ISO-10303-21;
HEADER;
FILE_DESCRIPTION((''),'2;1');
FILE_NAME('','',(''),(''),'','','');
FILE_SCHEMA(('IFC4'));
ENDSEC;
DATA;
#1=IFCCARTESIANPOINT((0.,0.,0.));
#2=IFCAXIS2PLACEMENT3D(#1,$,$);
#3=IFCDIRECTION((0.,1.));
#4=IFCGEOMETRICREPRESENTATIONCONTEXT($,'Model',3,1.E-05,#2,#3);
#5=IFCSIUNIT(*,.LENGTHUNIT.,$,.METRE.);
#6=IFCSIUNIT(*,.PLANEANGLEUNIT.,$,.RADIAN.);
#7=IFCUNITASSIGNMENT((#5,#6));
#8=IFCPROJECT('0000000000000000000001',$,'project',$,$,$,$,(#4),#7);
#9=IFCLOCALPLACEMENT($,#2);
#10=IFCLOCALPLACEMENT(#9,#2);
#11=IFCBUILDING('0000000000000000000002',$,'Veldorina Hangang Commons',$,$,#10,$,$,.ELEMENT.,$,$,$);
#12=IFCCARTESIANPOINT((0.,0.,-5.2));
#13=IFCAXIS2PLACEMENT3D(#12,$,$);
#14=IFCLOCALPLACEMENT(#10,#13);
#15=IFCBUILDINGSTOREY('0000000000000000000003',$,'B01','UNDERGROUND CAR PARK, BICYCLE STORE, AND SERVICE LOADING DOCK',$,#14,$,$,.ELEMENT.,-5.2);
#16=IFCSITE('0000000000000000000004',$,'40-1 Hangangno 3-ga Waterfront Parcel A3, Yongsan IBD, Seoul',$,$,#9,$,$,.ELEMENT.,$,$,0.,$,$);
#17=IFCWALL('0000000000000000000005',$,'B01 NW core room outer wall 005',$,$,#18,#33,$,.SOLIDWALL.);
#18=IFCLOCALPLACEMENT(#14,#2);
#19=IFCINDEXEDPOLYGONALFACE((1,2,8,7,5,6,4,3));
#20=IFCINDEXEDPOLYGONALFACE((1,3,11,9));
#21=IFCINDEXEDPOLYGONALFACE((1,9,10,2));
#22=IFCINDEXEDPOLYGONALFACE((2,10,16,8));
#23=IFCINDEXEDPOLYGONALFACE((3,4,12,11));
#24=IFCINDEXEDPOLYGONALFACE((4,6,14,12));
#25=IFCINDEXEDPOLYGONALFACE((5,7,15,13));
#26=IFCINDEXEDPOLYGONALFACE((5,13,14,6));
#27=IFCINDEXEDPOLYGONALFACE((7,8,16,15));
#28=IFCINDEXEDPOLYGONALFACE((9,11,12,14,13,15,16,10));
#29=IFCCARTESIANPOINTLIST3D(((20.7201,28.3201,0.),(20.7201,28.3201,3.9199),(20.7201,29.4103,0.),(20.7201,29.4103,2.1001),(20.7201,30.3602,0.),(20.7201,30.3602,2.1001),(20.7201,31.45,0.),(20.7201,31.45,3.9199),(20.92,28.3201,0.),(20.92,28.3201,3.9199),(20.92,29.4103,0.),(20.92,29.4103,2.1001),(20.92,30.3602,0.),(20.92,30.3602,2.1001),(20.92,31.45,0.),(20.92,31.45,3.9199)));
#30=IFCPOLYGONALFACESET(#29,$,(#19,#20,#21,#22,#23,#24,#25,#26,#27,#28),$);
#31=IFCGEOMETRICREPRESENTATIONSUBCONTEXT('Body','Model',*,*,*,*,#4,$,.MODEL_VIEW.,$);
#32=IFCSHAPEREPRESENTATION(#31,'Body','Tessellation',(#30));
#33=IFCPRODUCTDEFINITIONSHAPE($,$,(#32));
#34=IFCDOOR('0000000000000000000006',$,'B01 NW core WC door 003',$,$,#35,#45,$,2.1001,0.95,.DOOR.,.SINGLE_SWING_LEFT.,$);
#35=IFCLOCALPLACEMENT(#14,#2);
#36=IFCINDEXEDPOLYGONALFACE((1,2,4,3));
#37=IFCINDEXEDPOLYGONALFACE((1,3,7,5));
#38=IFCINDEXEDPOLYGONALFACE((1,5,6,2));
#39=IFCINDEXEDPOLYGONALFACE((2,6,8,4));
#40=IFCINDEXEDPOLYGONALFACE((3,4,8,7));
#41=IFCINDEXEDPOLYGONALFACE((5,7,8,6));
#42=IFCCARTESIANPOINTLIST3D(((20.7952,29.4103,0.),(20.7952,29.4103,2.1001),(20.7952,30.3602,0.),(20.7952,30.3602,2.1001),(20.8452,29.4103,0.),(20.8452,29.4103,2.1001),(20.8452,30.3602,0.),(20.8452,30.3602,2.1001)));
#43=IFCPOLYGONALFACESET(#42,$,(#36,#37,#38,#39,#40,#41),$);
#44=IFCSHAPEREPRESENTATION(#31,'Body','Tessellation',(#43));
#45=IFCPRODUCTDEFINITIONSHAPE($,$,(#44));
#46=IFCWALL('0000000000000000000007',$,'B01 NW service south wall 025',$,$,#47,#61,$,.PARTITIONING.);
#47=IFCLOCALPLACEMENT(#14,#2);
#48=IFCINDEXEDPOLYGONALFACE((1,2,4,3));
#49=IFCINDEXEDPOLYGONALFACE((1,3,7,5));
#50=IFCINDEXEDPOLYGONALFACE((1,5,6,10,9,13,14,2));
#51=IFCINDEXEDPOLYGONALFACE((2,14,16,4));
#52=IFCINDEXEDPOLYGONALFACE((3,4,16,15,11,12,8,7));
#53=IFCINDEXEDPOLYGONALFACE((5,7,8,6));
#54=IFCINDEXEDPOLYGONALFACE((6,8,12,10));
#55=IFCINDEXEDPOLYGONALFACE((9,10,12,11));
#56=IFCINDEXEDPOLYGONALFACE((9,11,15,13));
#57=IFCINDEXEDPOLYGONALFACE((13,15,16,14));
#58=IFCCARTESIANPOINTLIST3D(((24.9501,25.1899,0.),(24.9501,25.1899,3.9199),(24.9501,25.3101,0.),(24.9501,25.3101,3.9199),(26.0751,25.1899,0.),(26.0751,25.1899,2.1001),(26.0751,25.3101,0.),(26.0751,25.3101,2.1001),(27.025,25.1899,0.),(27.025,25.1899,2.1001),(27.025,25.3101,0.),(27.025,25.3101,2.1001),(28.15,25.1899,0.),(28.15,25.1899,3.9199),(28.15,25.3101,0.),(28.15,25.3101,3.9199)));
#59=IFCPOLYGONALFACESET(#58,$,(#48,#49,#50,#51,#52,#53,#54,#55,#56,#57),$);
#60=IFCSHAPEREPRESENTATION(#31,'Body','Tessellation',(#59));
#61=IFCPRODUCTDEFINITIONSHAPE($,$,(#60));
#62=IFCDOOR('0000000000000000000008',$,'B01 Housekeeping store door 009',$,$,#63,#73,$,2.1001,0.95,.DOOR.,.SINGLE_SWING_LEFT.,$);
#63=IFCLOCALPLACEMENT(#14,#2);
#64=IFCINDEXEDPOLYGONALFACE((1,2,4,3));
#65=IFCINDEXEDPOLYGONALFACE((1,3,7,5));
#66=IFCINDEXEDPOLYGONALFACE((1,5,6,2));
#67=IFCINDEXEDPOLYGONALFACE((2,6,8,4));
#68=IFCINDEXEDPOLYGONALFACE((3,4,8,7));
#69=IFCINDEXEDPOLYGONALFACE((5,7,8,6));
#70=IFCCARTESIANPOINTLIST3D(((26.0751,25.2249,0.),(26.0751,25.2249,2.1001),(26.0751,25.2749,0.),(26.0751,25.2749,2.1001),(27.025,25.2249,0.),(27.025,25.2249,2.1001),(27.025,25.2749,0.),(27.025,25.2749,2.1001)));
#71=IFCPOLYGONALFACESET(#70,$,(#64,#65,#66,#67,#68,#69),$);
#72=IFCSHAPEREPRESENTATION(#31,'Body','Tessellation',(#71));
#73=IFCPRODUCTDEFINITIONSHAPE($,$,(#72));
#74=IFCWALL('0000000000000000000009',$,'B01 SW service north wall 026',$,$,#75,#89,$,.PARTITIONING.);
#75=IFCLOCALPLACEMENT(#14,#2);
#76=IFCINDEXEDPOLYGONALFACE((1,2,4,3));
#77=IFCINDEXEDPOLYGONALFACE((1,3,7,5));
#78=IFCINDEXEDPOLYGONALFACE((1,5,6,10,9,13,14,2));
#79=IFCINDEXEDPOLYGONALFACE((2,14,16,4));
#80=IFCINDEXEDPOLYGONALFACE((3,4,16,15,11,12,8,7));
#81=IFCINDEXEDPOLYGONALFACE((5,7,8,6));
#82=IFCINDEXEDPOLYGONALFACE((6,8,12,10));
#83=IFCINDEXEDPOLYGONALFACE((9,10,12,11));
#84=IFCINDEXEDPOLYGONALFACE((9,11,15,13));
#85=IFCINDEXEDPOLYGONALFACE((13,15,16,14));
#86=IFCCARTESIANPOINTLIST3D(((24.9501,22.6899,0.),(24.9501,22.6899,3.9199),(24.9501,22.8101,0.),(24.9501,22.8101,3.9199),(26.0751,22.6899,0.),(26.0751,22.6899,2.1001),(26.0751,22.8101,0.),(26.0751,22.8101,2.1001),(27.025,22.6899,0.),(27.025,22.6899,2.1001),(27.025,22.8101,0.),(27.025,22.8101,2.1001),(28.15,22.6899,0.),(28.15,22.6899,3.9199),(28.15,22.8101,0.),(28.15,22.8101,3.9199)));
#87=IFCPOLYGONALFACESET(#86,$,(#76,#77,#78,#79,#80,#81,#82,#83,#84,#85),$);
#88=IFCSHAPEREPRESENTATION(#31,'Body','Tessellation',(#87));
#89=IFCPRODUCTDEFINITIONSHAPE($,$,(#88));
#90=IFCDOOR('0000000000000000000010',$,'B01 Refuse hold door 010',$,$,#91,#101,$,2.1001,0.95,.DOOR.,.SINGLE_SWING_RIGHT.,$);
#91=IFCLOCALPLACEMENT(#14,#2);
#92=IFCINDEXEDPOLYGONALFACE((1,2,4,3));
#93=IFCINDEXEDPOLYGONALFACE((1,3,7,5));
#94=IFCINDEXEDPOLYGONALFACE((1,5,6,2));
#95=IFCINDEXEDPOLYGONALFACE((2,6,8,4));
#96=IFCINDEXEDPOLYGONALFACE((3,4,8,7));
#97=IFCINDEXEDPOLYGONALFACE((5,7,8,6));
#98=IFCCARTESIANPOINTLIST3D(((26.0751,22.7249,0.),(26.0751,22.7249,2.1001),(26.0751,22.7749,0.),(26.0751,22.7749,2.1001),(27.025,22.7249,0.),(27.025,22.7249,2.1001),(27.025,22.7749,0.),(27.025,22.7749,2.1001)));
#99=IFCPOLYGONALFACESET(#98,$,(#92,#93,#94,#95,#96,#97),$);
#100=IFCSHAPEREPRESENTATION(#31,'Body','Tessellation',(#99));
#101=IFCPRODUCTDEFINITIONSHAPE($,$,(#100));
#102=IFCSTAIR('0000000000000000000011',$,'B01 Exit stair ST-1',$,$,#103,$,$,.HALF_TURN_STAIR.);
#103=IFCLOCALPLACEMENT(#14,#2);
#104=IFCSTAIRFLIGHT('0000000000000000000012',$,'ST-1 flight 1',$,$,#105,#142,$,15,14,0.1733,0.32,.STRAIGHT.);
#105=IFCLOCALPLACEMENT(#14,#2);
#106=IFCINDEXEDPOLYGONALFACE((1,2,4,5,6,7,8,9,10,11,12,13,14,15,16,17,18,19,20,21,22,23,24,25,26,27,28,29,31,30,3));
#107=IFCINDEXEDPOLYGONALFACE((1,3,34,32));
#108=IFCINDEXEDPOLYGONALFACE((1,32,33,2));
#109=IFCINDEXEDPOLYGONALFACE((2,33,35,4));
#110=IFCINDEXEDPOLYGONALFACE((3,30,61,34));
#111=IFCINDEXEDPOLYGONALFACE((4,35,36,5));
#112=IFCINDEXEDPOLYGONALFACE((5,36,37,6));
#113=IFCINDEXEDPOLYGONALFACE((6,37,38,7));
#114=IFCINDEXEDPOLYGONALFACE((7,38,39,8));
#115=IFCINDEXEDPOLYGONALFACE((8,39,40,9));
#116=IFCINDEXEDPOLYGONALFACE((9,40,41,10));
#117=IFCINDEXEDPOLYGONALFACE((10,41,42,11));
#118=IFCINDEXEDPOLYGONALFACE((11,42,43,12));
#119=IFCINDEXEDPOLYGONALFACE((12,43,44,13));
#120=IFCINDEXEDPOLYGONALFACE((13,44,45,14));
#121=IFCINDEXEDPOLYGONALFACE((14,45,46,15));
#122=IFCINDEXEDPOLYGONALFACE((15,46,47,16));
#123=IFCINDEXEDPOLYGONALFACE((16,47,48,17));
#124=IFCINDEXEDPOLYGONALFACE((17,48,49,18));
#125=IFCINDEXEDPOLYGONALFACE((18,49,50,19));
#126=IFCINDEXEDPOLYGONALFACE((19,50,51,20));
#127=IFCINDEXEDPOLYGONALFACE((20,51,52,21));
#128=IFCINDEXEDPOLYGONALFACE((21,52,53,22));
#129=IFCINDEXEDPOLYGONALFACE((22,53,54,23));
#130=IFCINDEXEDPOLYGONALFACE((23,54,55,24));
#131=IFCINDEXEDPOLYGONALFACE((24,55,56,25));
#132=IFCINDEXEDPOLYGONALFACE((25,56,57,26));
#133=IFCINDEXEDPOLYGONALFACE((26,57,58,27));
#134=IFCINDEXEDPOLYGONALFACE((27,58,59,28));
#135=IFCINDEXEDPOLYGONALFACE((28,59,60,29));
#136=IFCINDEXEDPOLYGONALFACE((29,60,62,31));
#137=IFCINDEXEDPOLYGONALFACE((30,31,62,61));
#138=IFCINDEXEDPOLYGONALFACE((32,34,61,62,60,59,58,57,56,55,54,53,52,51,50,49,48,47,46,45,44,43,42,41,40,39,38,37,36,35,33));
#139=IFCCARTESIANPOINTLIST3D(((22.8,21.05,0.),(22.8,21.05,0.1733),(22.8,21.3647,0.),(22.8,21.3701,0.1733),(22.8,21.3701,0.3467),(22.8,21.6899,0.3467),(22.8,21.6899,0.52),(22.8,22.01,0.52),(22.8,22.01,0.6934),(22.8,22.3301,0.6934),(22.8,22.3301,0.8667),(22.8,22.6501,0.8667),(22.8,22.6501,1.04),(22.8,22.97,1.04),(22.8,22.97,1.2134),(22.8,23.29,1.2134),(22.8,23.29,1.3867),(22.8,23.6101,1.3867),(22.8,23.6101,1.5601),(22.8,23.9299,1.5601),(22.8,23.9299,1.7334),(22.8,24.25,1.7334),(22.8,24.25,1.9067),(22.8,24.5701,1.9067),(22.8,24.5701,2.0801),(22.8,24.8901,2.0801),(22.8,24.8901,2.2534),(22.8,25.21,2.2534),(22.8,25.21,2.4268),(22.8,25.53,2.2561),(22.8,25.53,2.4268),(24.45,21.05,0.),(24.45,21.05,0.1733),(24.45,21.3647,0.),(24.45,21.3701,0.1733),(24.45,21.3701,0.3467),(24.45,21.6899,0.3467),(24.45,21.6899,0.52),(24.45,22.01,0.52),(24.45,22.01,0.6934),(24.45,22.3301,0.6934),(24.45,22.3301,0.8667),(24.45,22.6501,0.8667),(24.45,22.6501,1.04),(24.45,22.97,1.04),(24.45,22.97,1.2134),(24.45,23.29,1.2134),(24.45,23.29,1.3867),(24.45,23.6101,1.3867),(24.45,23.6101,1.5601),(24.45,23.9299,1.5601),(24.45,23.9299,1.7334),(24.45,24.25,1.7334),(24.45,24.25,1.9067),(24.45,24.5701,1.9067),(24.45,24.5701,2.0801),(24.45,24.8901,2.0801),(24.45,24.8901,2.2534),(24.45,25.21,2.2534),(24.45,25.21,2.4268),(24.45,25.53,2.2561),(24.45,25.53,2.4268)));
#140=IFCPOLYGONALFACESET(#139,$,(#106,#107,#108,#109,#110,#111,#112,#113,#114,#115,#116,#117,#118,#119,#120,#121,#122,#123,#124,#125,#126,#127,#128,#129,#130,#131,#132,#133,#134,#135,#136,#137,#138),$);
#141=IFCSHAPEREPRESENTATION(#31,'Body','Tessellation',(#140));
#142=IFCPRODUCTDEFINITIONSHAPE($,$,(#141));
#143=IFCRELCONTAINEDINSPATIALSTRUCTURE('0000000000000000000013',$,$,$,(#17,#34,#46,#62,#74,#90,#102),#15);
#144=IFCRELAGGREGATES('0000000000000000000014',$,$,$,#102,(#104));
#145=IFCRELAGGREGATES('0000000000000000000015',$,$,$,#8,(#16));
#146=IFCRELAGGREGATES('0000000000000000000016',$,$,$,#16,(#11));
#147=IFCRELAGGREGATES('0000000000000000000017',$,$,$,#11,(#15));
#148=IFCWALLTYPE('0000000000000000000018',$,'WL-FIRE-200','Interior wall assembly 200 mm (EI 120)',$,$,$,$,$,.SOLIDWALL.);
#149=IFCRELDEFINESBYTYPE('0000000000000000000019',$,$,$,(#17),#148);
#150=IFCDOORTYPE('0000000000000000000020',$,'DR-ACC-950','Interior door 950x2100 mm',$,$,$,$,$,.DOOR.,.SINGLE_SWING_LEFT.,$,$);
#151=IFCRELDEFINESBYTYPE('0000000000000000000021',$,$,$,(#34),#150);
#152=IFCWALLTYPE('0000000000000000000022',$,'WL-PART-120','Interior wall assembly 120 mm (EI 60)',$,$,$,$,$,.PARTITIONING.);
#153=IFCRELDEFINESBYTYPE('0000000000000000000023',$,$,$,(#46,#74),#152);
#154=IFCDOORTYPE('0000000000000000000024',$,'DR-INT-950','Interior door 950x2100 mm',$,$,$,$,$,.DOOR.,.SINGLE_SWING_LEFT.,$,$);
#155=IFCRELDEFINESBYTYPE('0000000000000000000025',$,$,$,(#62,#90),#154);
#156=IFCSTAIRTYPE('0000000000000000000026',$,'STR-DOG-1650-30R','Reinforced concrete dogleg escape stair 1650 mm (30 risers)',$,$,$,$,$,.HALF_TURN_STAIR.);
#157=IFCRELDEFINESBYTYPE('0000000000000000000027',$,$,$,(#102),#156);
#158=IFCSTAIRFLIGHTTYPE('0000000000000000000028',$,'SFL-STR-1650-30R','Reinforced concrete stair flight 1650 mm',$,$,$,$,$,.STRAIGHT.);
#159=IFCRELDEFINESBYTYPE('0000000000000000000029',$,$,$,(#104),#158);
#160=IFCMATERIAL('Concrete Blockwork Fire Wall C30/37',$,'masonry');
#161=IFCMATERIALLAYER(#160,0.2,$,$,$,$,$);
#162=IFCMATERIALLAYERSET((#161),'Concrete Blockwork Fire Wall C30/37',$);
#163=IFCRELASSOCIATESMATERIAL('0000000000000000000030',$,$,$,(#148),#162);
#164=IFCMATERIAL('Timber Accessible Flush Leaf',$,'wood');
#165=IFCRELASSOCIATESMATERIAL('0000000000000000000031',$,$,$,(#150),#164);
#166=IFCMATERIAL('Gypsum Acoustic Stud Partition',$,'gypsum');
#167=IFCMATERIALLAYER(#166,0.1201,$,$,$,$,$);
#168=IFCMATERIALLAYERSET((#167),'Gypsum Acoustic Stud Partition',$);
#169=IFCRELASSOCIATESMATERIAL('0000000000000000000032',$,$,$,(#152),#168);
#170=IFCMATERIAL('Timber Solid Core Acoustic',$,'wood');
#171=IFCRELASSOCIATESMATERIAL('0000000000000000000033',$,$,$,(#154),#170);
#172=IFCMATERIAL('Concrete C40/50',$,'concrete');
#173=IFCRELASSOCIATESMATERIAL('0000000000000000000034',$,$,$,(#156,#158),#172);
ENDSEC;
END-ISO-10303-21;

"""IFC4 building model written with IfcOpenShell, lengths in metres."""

from ifc_helpers import new_model, si_unit, direction, frame, frame_2d, origin, place, context, subcontext, project, spatial, polyline, rectangle, outline, extrude, material, layer, layer_set, type_object, element, fill, aggregate, save


model = new_model("IFC4")

# Units and contexts
model_context = context("Model", 3, precision=1e-05, world=origin(), true_north=direction((0.0, 1.0)))
body_context = subcontext(model_context, "Body", "Model", "MODEL_VIEW")
ifc_project = project(units=[si_unit("LENGTHUNIT", "METRE"), si_unit("PLANEANGLEUNIT", "RADIAN")], contexts=[model_context])

# Site, building, storey
site_placement = place(None, origin())
site = spatial("IfcSite", under=ifc_project, at=site_placement, Name="40-1 Hangangno 3-ga Waterfront Parcel A3, Yongsan IBD, Seoul", CompositionType="ELEMENT", RefElevation=0.0)
building_placement = place(site_placement, origin())
building = spatial("IfcBuilding", under=site, at=building_placement, Name="Veldorina Hangang Commons", CompositionType="ELEMENT")
storey_placement = place(building_placement, frame((0.0, 0.0, -5.2)))
storey = spatial("IfcBuildingStorey", under=building, at=storey_placement, Name="B01", Description="UNDERGROUND CAR PARK, BICYCLE STORE, AND SERVICE LOADING DOCK", CompositionType="ELEMENT", Elevation=-5.2)

# Walls, openings, doors
ifc_material_1 = material(Name="Concrete Blockwork Fire Wall C30/37", Category="masonry")
ifc_layer_1 = layer(ifc_material_1, 0.2)
ifc_layer_set_1 = layer_set([ifc_layer_1], Name="Concrete Blockwork Fire Wall C30/37")
wall_type_1 = type_object("IfcWallType", Name="WL-FIRE-200", Description="Interior wall assembly 200 mm (EI 120)", PredefinedType="SOLIDWALL", material=ifc_layer_set_1)
wall_1_placement = place(storey_placement, frame((20.8201, 28.3201, 0.0), z_axis=(0.0, 0.0, 1.0), x_axis=(0.0, 1.0, 0.0)))
wall_1 = element("IfcWall", 1, at=wall_1_placement, inside=storey, type_object=wall_type_1, Name="B01 NW core room outer wall 005", PredefinedType="SOLIDWALL", context=body_context, shape_type="SweptSolid", body=[
    extrude(rectangle(XDim=3.1299, YDim=0.2, at=frame_2d((1.5649, 0.0))), origin(), (0.0, 0.0, 1.0), 3.9199),
])
opening_1_placement = place(wall_1_placement, frame((1.0901, 0.0, 0.0)))
opening_1 = element("IfcOpeningElement", 2, at=opening_1_placement, cuts=wall_1, PredefinedType="OPENING", context=body_context, shape_type="SweptSolid", body=[
    extrude(rectangle(XDim=0.95, YDim=2.1001, at=frame_2d((0.4751, 1.05))), frame((0.0, 0.1099, 0.0), z_axis=(0.0, -1.0, 0.0), x_axis=(1.0, 0.0, 0.0)), (0.0, 0.0, 1.0), 0.22),
])
ifc_material_2 = material(Name="Timber Accessible Flush Leaf", Category="wood")
door_type_1 = type_object("IfcDoorType", Name="DR-ACC-950", Description="Interior door 950x2100 mm", OperationType="SINGLE_SWING_LEFT", PredefinedType="DOOR", material=ifc_material_2)
door_1_placement = place(opening_1_placement, origin())
door_1 = element("IfcDoor", 3, at=door_1_placement, inside=storey, type_object=door_type_1, Name="B01 NW core WC door 003", OperationType="SINGLE_SWING_LEFT", OverallHeight=2.1001, OverallWidth=0.95, PredefinedType="DOOR", context=body_context, shape_type="SweptSolid", body=[
    extrude(rectangle(XDim=0.95, YDim=2.1001, at=frame_2d((0.4751, 1.05))), frame((0.0, 0.0249, 0.0), z_axis=(0.0, -1.0, 0.0), x_axis=(1.0, 0.0, 0.0)), (0.0, 0.0, 1.0), 0.05),
])
fill(opening_1, door_1)
ifc_material_3 = material(Name="Gypsum Acoustic Stud Partition", Category="gypsum")
ifc_layer_2 = layer(ifc_material_3, 0.1201)
ifc_layer_set_2 = layer_set([ifc_layer_2], Name="Gypsum Acoustic Stud Partition")
wall_type_2 = type_object("IfcWallType", Name="WL-PART-120", Description="Interior wall assembly 120 mm (EI 60)", PredefinedType="PARTITIONING", material=ifc_layer_set_2)
wall_2_placement = place(storey_placement, frame((24.95, 25.25, 0.0), z_axis=(0.0, 0.0, 1.0), x_axis=(1.0, 0.0, 0.0)))
wall_2 = element("IfcWall", 4, at=wall_2_placement, inside=storey, type_object=wall_type_2, Name="B01 NW service south wall 025", PredefinedType="PARTITIONING", context=body_context, shape_type="SweptSolid", body=[
    extrude(rectangle(XDim=3.2, YDim=0.1201, at=frame_2d((1.6001, 0.0))), origin(), (0.0, 0.0, 1.0), 3.9199),
])
opening_2_placement = place(wall_2_placement, frame((1.125, 0.0, 0.0)))
opening_2 = element("IfcOpeningElement", 5, at=opening_2_placement, cuts=wall_2, PredefinedType="OPENING", context=body_context, shape_type="SweptSolid", body=[
    extrude(rectangle(XDim=0.95, YDim=2.1001, at=frame_2d((0.4751, 1.05))), frame((0.0, 0.0701, 0.0), z_axis=(0.0, -1.0, 0.0), x_axis=(1.0, 0.0, 0.0)), (0.0, 0.0, 1.0), 0.1401),
])
ifc_material_4 = material(Name="Timber Solid Core Acoustic", Category="wood")
door_type_2 = type_object("IfcDoorType", Name="DR-INT-950", Description="Interior door 950x2100 mm", OperationType="SINGLE_SWING_LEFT", PredefinedType="DOOR", material=ifc_material_4)
door_2_placement = place(opening_2_placement, origin())
door_2 = element("IfcDoor", 6, at=door_2_placement, inside=storey, type_object=door_type_2, Name="B01 Housekeeping store door 009", OperationType="SINGLE_SWING_LEFT", OverallHeight=2.1001, OverallWidth=0.95, PredefinedType="DOOR", context=body_context, shape_type="SweptSolid", body=[
    extrude(rectangle(XDim=0.95, YDim=2.1001, at=frame_2d((0.4751, 1.05))), frame((0.0, 0.0249, 0.0), z_axis=(0.0, -1.0, 0.0), x_axis=(1.0, 0.0, 0.0)), (0.0, 0.0, 1.0), 0.05),
])
fill(opening_2, door_2)
wall_3_placement = place(storey_placement, frame((24.95, 22.75, 0.0), z_axis=(0.0, 0.0, 1.0), x_axis=(1.0, 0.0, 0.0)))
wall_3 = element("IfcWall", 7, at=wall_3_placement, inside=storey, type_object=wall_type_2, Name="B01 SW service north wall 026", PredefinedType="PARTITIONING", context=body_context, shape_type="SweptSolid", body=[
    extrude(rectangle(XDim=3.2, YDim=0.1201, at=frame_2d((1.6001, 0.0))), origin(), (0.0, 0.0, 1.0), 3.9199),
])
opening_3_placement = place(wall_3_placement, frame((1.125, 0.0, 0.0)))
opening_3 = element("IfcOpeningElement", 8, at=opening_3_placement, cuts=wall_3, PredefinedType="OPENING", context=body_context, shape_type="SweptSolid", body=[
    extrude(rectangle(XDim=0.95, YDim=2.1001, at=frame_2d((0.4751, 1.05))), frame((0.0, 0.0701, 0.0), z_axis=(0.0, -1.0, 0.0), x_axis=(1.0, 0.0, 0.0)), (0.0, 0.0, 1.0), 0.1401),
])
door_3_placement = place(opening_3_placement, origin())
door_3 = element("IfcDoor", 9, at=door_3_placement, inside=storey, type_object=door_type_2, Name="B01 Refuse hold door 010", OperationType="SINGLE_SWING_RIGHT", OverallHeight=2.1001, OverallWidth=0.95, PredefinedType="DOOR", context=body_context, shape_type="SweptSolid", body=[
    extrude(rectangle(XDim=0.95, YDim=2.1001, at=frame_2d((0.4751, 1.05))), frame((0.0, 0.0249, 0.0), z_axis=(0.0, -1.0, 0.0), x_axis=(1.0, 0.0, 0.0)), (0.0, 0.0, 1.0), 0.05),
])
fill(opening_3, door_3)

# Stair, stair flight
ifc_material_5 = material(Name="Concrete C40/50", Category="concrete")
stair_type = type_object("IfcStairType", Name="STR-DOG-1650-30R", Description="Reinforced concrete dogleg escape stair 1650 mm (30 risers)", PredefinedType="HALF_TURN_STAIR", material=ifc_material_5)
stair_placement = place(storey_placement, origin())
stair = element("IfcStair", 10, at=stair_placement, inside=storey, type_object=stair_type, Name="B01 Exit stair ST-1", PredefinedType="HALF_TURN_STAIR")
stair_flight_type = type_object("IfcStairFlightType", Name="SFL-STR-1650-30R", Description="Reinforced concrete stair flight 1650 mm", PredefinedType="STRAIGHT", material=ifc_material_5)
stair_flight_1_placement = place(storey_placement, frame((23.625, 21.05, 0.0), z_axis=(0.0, 0.0, 1.0), x_axis=(0.0, 1.0, 0.0)))
stair_flight_1 = element("IfcStairFlight", 11, at=stair_flight_1_placement, type_object=stair_flight_type, Name="ST-1 flight 1", NumberOfRisers=15, NumberOfTreads=14, PredefinedType="STRAIGHT", RiserHeight=0.1733, TreadLength=0.32, context=body_context, shape_type="SweptSolid", body=[
    extrude(outline(polyline([(0.0, 0.0), (0.0, 0.1733), (0.3201, 0.1733), (0.3201, 0.3467), (0.6399, 0.3467), (0.6399, 0.52), (0.96, 0.52), (0.96, 0.6934), (1.28, 0.6934), (1.28, 0.8667), (1.6001, 0.8667), (1.6001, 1.04), (1.9199, 1.04), (1.9199, 1.2134), (2.24, 1.2134), (2.24, 1.3867), (2.5601, 1.3867), (2.5601, 1.5601), (2.8799, 1.5601), (2.8799, 1.7334), (3.2, 1.7334), (3.2, 1.9067), (3.52, 1.9067), (3.52, 2.0801), (3.8401, 2.0801), (3.8401, 2.2534), (4.1599, 2.2534), (4.1599, 2.4268), (4.48, 2.4268), (4.48, 2.6001), (4.48, 2.2561), (0.3147, 0.0), (0.0, 0.0)])), frame((0.0, 0.825, 0.0), z_axis=(0.0, -1.0, 0.0), x_axis=(1.0, 0.0, 0.0)), (0.0, 0.0, 1.0), 1.6499),
])
aggregate(stair, [stair_flight_1])

save(model, "model.ifc")
